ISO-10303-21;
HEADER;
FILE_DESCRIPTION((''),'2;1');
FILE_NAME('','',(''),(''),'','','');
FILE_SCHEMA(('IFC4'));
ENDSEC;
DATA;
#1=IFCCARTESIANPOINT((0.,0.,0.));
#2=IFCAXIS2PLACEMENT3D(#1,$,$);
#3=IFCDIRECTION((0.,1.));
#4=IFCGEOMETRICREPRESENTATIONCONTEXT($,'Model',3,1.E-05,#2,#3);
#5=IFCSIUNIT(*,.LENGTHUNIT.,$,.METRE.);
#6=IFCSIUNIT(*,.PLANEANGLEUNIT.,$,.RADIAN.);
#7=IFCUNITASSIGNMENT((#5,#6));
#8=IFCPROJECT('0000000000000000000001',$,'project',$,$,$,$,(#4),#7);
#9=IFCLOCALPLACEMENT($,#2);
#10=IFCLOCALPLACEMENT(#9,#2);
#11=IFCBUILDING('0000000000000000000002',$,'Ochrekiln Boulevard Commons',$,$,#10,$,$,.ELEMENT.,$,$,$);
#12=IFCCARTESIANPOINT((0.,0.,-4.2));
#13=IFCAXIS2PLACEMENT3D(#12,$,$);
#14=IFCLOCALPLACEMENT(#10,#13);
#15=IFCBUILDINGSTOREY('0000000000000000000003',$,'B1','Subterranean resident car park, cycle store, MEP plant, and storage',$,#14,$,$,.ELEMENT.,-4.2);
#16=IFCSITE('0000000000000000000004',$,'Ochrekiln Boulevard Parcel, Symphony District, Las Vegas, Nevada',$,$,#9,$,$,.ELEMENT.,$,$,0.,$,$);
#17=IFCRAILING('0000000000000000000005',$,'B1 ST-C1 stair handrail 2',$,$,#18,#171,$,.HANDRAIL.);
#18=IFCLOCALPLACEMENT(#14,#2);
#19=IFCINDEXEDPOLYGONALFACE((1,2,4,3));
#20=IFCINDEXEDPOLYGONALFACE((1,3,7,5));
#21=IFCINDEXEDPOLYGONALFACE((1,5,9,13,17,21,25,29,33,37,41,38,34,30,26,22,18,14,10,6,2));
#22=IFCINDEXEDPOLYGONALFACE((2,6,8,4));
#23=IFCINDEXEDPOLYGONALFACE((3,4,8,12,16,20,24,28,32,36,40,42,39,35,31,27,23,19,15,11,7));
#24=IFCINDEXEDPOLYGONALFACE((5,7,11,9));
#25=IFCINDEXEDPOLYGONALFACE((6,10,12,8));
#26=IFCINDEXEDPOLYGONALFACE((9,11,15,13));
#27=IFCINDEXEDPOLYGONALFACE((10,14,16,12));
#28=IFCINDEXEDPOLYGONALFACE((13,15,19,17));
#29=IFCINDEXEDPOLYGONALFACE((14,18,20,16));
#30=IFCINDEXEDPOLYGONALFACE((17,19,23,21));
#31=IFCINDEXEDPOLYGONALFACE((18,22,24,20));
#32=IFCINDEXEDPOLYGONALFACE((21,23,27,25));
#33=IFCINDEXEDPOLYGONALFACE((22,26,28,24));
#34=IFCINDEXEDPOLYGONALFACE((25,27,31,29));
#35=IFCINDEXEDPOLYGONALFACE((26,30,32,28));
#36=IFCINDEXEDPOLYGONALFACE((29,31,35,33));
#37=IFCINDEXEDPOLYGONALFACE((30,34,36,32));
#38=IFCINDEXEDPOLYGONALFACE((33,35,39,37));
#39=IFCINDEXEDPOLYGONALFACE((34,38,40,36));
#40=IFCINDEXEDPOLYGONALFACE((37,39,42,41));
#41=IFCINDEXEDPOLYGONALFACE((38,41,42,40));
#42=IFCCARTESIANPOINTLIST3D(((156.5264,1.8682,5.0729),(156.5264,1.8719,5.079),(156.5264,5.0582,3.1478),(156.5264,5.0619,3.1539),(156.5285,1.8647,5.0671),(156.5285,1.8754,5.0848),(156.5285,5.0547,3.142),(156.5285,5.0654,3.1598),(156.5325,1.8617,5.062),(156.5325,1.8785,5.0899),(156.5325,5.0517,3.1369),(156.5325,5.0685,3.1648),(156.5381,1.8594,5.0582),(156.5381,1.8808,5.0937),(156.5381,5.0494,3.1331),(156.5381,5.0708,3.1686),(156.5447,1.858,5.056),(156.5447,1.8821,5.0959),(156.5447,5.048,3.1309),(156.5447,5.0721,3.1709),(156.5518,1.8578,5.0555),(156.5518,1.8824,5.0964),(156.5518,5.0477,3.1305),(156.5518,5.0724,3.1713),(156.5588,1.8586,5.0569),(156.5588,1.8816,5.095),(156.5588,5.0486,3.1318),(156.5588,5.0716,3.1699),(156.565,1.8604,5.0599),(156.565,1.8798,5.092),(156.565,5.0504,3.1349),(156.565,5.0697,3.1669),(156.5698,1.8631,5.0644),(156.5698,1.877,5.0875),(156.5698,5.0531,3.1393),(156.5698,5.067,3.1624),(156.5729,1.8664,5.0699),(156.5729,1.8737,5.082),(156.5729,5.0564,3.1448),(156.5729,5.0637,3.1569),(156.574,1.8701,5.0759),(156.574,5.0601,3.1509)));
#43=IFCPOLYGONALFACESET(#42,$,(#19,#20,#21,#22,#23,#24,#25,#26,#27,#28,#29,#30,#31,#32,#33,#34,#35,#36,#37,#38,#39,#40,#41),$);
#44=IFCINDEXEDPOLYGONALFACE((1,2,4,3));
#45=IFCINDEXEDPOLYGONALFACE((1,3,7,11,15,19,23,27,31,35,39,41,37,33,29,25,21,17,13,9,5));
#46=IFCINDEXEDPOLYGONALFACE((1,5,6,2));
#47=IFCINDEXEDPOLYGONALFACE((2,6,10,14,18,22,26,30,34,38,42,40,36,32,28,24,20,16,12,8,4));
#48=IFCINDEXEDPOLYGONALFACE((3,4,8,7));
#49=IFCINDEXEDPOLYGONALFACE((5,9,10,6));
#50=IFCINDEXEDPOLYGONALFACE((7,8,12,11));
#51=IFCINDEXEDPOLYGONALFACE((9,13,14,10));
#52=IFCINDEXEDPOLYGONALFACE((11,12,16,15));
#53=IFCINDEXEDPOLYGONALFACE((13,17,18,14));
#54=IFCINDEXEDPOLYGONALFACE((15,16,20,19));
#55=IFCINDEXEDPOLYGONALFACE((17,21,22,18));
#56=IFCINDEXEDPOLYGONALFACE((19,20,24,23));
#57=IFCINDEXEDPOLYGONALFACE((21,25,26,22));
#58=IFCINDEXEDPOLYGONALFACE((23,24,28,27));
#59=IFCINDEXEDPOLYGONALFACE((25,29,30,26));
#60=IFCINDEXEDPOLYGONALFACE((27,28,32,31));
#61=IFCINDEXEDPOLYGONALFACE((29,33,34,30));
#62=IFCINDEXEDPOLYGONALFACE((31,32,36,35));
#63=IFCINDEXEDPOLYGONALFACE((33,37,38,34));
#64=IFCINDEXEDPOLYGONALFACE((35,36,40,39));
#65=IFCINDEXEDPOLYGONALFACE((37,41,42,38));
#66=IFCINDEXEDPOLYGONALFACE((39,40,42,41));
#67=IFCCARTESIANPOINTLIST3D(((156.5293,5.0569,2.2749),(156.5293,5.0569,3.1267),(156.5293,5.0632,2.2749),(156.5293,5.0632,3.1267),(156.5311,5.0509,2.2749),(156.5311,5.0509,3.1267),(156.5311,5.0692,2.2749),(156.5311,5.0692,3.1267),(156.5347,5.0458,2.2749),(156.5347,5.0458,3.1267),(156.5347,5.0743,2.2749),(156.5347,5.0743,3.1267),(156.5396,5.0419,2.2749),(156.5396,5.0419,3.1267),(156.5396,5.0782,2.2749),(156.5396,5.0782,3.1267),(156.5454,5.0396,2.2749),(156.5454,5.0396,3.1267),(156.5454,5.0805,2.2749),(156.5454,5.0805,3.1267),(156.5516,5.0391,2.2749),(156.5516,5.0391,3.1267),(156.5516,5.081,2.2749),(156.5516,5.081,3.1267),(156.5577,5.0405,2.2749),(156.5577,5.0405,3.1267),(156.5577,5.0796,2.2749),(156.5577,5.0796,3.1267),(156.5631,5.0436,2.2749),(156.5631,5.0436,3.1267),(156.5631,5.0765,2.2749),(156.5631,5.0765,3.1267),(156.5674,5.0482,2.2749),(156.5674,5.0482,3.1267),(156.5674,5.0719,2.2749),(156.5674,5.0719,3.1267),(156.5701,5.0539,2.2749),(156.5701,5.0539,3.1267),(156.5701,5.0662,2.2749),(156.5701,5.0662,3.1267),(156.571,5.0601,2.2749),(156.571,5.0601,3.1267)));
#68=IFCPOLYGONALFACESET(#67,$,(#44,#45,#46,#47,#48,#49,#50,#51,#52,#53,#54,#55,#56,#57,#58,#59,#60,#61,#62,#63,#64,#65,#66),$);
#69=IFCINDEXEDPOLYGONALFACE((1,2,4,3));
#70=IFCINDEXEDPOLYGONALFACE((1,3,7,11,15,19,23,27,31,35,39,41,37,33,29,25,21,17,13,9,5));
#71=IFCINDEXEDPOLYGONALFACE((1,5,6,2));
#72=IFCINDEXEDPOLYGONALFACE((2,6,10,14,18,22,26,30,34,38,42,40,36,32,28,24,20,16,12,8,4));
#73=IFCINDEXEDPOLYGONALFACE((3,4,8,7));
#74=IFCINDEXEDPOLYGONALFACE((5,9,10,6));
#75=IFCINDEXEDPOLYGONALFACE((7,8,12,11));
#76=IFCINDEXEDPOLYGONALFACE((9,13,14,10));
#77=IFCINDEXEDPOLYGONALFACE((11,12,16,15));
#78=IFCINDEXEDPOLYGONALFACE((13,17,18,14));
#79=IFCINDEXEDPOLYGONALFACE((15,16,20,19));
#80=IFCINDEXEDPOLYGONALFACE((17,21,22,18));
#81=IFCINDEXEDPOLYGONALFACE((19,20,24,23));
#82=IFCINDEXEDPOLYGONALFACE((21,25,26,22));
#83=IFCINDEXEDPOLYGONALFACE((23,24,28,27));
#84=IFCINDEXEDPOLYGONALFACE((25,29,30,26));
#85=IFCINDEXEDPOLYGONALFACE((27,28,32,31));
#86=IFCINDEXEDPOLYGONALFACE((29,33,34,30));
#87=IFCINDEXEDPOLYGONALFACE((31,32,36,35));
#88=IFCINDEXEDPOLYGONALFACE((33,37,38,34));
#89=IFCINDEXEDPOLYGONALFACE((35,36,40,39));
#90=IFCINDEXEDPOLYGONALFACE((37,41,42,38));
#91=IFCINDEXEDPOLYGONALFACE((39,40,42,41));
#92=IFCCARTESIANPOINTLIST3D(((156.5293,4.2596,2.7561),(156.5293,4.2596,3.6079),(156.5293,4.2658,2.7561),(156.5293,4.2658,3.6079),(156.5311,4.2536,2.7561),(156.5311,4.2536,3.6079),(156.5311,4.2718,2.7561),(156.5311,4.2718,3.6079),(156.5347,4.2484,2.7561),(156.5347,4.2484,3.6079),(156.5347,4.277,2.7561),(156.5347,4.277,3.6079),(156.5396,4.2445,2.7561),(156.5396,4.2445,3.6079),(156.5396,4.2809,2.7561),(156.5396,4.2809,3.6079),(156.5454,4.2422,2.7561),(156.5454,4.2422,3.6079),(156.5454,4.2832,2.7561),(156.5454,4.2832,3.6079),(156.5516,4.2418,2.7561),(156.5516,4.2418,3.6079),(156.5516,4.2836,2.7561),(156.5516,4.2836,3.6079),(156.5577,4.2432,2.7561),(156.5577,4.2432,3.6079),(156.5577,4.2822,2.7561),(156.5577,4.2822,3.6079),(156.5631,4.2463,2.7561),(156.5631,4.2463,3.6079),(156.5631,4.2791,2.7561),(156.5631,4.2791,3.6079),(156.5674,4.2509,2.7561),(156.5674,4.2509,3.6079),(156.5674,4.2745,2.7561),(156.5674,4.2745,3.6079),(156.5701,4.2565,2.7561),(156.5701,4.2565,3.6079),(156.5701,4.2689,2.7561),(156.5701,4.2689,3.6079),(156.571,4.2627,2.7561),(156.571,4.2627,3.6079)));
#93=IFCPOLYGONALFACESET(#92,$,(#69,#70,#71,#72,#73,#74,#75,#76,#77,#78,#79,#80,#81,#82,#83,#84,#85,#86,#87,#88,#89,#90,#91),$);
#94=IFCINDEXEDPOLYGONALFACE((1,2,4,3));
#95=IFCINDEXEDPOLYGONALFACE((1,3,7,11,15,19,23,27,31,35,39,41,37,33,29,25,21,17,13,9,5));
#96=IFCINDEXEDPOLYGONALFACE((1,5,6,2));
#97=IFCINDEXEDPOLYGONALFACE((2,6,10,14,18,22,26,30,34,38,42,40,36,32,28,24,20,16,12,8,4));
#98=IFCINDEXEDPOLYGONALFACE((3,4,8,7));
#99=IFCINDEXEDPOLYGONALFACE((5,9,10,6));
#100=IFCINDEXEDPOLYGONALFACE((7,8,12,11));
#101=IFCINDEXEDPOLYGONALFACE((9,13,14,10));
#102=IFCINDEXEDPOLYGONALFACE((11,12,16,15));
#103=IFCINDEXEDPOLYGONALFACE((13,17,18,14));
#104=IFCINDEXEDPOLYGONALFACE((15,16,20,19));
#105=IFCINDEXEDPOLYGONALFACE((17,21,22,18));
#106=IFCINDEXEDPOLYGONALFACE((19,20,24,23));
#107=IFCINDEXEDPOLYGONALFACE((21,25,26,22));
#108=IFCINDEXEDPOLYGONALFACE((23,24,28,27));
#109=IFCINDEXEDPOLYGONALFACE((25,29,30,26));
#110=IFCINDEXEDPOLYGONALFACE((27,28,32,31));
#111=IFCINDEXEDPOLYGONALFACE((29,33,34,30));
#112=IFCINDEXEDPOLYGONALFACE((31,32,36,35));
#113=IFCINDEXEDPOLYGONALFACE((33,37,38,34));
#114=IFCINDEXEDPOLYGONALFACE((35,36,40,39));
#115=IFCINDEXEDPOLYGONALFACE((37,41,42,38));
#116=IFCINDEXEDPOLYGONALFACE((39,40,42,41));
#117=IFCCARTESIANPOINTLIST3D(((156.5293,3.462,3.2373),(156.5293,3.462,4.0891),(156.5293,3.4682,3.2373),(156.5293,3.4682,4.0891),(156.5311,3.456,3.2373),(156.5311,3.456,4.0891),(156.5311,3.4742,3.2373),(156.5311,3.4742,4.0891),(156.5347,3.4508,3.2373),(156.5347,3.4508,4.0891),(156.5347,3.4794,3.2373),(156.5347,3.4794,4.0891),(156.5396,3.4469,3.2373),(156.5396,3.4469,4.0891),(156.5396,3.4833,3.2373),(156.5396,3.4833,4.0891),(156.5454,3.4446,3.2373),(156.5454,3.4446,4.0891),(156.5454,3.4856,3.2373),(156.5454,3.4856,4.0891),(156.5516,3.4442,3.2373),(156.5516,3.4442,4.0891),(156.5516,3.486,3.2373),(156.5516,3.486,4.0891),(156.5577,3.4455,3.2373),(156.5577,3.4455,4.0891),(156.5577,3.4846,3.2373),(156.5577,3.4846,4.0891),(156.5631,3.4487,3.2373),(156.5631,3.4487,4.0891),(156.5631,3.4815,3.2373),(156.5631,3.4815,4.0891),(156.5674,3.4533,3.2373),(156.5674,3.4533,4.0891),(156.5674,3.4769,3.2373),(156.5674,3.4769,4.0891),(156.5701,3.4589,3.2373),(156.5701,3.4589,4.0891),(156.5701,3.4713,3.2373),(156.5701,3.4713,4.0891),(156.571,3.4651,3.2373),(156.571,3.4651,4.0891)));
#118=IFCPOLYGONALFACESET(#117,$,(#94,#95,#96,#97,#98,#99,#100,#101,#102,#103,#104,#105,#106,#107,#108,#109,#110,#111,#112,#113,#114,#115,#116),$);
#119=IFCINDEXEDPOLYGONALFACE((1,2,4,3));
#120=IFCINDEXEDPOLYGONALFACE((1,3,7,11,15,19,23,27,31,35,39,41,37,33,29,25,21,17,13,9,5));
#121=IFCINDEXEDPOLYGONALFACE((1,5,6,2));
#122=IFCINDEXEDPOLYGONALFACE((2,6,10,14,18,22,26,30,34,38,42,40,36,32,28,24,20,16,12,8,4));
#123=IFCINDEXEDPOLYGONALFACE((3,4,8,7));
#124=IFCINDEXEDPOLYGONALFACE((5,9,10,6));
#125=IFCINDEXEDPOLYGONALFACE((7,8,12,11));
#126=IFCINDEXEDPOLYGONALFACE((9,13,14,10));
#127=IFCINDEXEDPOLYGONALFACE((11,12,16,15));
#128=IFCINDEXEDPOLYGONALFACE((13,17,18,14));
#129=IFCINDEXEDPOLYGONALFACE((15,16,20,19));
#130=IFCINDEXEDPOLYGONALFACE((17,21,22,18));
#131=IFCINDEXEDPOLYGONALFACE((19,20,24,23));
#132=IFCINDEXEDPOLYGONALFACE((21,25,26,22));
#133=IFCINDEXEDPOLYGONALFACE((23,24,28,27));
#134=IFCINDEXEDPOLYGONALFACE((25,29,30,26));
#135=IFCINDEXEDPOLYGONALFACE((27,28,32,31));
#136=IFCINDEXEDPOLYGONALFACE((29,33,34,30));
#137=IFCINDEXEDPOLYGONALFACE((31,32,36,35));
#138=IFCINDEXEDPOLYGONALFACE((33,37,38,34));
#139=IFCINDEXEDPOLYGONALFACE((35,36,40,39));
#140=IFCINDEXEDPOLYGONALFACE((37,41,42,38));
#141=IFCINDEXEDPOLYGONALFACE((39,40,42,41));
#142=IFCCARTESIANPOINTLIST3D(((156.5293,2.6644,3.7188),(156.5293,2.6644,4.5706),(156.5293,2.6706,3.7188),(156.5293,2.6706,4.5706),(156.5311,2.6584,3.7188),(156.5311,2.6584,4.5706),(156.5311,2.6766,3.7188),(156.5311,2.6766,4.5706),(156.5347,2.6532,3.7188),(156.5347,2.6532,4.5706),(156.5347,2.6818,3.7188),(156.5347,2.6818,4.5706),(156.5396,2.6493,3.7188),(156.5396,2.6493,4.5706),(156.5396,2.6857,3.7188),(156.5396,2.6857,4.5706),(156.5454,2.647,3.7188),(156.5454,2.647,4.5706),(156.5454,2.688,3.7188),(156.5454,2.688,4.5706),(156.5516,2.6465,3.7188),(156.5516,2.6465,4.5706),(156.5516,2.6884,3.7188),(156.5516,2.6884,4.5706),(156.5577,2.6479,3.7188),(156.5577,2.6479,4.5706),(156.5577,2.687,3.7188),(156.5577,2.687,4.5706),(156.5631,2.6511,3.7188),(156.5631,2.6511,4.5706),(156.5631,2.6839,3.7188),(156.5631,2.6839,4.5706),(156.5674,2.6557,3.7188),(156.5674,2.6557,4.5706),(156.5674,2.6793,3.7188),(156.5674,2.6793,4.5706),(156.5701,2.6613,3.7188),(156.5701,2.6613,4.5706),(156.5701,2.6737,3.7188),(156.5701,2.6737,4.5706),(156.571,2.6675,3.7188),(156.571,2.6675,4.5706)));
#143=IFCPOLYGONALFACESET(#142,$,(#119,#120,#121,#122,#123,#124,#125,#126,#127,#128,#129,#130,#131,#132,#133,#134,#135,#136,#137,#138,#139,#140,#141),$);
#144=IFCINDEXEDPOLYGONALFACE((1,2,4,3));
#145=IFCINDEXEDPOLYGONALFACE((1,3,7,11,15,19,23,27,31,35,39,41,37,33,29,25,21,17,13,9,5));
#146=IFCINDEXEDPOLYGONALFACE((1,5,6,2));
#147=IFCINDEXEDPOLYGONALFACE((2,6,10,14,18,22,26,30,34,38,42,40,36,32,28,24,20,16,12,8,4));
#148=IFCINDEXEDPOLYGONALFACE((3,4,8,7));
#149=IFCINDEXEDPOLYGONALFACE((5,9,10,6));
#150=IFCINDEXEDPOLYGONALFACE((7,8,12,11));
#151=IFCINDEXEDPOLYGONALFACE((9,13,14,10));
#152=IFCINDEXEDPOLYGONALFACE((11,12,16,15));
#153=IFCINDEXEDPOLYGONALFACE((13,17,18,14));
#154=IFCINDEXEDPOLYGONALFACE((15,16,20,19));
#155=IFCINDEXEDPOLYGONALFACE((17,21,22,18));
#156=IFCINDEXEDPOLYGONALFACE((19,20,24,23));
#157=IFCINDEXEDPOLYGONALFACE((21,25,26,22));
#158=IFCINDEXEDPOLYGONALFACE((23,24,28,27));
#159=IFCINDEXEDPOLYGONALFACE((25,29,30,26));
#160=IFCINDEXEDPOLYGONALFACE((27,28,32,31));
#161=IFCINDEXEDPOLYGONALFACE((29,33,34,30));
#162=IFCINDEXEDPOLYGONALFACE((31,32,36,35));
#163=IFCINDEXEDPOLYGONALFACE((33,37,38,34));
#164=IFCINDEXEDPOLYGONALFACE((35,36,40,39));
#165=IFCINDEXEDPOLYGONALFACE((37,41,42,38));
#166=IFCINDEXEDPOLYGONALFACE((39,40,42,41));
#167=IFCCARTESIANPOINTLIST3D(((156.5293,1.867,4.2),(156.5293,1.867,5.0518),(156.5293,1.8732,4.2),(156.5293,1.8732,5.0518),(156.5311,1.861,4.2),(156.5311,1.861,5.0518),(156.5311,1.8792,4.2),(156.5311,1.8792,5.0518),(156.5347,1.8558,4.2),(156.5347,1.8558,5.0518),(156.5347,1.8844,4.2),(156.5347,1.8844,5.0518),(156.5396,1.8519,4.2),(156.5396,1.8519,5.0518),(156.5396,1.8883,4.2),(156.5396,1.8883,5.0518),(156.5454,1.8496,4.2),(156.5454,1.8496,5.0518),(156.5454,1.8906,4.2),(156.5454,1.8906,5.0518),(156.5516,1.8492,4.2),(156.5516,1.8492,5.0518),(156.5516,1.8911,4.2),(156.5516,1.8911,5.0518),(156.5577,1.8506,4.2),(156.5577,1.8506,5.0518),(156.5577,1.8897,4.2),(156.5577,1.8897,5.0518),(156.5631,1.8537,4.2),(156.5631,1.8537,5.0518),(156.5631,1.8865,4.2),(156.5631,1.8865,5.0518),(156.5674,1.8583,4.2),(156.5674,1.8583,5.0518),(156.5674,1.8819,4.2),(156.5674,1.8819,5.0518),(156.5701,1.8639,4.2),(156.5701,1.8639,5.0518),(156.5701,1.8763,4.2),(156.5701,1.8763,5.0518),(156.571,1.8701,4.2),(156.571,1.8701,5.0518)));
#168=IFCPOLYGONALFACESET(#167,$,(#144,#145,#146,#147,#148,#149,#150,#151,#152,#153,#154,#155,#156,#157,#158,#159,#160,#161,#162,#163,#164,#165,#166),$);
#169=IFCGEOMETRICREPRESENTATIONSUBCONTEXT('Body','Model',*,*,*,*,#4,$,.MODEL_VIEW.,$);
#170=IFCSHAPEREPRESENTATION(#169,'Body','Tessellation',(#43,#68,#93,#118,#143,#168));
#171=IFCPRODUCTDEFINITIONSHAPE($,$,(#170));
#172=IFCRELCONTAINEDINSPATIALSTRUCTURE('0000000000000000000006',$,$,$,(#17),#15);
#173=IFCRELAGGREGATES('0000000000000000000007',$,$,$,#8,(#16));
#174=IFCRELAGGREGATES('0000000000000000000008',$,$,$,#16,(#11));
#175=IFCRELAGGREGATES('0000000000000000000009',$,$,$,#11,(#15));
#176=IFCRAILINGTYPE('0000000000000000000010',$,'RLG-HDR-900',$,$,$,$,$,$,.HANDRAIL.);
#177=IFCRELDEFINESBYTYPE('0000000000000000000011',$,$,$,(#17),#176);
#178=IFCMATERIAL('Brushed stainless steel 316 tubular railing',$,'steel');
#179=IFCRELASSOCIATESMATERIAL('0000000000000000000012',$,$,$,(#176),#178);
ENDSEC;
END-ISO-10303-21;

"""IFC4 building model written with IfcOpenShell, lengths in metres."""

from ifc_helpers import new_model, si_unit, direction, frame, origin, origin_2d, place, context, subcontext, project, spatial, circle, extrude, material, type_object, element, save


model = new_model("IFC4")

# Units and contexts
model_context = context("Model", 3, precision=1e-05, world=origin(), true_north=direction((0.0, 1.0)))
body_context = subcontext(model_context, "Body", "Model", "MODEL_VIEW")
ifc_project = project(units=[si_unit("LENGTHUNIT", "METRE"), si_unit("PLANEANGLEUNIT", "RADIAN")], contexts=[model_context])

# Site, building, storey
site_placement = place(None, origin())
site = spatial("IfcSite", under=ifc_project, at=site_placement, Name="Ochrekiln Boulevard Parcel, Symphony District, Las Vegas, Nevada", CompositionType="ELEMENT", RefElevation=0.0)
building_placement = place(site_placement, origin())
building = spatial("IfcBuilding", under=site, at=building_placement, Name="Ochrekiln Boulevard Commons", CompositionType="ELEMENT")
storey_placement = place(building_placement, frame((0.0, 0.0, -4.2)))
storey = spatial("IfcBuildingStorey", under=building, at=storey_placement, Name="B1", Description="Subterranean resident car park, cycle store, MEP plant, and storage", CompositionType="ELEMENT", Elevation=-4.2)

# Railing
ifc_material_1 = material(Name="Brushed stainless steel 316 tubular railing", Category="steel")
railing_type_1 = type_object("IfcRailingType", Name="RLG-HDR-900", PredefinedType="HANDRAIL", material=ifc_material_1)
railing_1_placement = place(storey_placement, frame((156.55, 5.0601, 2.2749)))
element("IfcRailing", 1, at=railing_1_placement, inside=storey, type_object=railing_type_1, Name="B1 ST-C1 stair handrail 2", PredefinedType="HANDRAIL", context=body_context, shape_type="SweptSolid", body=[
    extrude(circle(Radius=0.0239, at=origin_2d()), frame((0.0, 0.0, 0.876), z_axis=(0.0, -0.856178, 0.516682), x_axis=(1.0, 0.0, 0.0)), (0.0, 0.0, 1.0), 3.7258),
    extrude(circle(Radius=0.021, at=origin_2d()), origin(), (0.0, 0.0, 1.0), 0.8518),
    extrude(circle(Radius=0.021, at=origin_2d()), frame((0.0, -0.7974, 0.4812)), (0.0, 0.0, 1.0), 0.8518),
    extrude(circle(Radius=0.021, at=origin_2d()), frame((0.0, -1.595, 0.9624)), (0.0, 0.0, 1.0), 0.8518),
    extrude(circle(Radius=0.021, at=origin_2d()), frame((0.0, -2.3926, 1.4438)), (0.0, 0.0, 1.0), 0.8518),
    extrude(circle(Radius=0.021, at=origin_2d()), frame((0.0, -3.1899, 1.925)), (0.0, 0.0, 1.0), 0.8518),
])

save(model, "model.ifc")
